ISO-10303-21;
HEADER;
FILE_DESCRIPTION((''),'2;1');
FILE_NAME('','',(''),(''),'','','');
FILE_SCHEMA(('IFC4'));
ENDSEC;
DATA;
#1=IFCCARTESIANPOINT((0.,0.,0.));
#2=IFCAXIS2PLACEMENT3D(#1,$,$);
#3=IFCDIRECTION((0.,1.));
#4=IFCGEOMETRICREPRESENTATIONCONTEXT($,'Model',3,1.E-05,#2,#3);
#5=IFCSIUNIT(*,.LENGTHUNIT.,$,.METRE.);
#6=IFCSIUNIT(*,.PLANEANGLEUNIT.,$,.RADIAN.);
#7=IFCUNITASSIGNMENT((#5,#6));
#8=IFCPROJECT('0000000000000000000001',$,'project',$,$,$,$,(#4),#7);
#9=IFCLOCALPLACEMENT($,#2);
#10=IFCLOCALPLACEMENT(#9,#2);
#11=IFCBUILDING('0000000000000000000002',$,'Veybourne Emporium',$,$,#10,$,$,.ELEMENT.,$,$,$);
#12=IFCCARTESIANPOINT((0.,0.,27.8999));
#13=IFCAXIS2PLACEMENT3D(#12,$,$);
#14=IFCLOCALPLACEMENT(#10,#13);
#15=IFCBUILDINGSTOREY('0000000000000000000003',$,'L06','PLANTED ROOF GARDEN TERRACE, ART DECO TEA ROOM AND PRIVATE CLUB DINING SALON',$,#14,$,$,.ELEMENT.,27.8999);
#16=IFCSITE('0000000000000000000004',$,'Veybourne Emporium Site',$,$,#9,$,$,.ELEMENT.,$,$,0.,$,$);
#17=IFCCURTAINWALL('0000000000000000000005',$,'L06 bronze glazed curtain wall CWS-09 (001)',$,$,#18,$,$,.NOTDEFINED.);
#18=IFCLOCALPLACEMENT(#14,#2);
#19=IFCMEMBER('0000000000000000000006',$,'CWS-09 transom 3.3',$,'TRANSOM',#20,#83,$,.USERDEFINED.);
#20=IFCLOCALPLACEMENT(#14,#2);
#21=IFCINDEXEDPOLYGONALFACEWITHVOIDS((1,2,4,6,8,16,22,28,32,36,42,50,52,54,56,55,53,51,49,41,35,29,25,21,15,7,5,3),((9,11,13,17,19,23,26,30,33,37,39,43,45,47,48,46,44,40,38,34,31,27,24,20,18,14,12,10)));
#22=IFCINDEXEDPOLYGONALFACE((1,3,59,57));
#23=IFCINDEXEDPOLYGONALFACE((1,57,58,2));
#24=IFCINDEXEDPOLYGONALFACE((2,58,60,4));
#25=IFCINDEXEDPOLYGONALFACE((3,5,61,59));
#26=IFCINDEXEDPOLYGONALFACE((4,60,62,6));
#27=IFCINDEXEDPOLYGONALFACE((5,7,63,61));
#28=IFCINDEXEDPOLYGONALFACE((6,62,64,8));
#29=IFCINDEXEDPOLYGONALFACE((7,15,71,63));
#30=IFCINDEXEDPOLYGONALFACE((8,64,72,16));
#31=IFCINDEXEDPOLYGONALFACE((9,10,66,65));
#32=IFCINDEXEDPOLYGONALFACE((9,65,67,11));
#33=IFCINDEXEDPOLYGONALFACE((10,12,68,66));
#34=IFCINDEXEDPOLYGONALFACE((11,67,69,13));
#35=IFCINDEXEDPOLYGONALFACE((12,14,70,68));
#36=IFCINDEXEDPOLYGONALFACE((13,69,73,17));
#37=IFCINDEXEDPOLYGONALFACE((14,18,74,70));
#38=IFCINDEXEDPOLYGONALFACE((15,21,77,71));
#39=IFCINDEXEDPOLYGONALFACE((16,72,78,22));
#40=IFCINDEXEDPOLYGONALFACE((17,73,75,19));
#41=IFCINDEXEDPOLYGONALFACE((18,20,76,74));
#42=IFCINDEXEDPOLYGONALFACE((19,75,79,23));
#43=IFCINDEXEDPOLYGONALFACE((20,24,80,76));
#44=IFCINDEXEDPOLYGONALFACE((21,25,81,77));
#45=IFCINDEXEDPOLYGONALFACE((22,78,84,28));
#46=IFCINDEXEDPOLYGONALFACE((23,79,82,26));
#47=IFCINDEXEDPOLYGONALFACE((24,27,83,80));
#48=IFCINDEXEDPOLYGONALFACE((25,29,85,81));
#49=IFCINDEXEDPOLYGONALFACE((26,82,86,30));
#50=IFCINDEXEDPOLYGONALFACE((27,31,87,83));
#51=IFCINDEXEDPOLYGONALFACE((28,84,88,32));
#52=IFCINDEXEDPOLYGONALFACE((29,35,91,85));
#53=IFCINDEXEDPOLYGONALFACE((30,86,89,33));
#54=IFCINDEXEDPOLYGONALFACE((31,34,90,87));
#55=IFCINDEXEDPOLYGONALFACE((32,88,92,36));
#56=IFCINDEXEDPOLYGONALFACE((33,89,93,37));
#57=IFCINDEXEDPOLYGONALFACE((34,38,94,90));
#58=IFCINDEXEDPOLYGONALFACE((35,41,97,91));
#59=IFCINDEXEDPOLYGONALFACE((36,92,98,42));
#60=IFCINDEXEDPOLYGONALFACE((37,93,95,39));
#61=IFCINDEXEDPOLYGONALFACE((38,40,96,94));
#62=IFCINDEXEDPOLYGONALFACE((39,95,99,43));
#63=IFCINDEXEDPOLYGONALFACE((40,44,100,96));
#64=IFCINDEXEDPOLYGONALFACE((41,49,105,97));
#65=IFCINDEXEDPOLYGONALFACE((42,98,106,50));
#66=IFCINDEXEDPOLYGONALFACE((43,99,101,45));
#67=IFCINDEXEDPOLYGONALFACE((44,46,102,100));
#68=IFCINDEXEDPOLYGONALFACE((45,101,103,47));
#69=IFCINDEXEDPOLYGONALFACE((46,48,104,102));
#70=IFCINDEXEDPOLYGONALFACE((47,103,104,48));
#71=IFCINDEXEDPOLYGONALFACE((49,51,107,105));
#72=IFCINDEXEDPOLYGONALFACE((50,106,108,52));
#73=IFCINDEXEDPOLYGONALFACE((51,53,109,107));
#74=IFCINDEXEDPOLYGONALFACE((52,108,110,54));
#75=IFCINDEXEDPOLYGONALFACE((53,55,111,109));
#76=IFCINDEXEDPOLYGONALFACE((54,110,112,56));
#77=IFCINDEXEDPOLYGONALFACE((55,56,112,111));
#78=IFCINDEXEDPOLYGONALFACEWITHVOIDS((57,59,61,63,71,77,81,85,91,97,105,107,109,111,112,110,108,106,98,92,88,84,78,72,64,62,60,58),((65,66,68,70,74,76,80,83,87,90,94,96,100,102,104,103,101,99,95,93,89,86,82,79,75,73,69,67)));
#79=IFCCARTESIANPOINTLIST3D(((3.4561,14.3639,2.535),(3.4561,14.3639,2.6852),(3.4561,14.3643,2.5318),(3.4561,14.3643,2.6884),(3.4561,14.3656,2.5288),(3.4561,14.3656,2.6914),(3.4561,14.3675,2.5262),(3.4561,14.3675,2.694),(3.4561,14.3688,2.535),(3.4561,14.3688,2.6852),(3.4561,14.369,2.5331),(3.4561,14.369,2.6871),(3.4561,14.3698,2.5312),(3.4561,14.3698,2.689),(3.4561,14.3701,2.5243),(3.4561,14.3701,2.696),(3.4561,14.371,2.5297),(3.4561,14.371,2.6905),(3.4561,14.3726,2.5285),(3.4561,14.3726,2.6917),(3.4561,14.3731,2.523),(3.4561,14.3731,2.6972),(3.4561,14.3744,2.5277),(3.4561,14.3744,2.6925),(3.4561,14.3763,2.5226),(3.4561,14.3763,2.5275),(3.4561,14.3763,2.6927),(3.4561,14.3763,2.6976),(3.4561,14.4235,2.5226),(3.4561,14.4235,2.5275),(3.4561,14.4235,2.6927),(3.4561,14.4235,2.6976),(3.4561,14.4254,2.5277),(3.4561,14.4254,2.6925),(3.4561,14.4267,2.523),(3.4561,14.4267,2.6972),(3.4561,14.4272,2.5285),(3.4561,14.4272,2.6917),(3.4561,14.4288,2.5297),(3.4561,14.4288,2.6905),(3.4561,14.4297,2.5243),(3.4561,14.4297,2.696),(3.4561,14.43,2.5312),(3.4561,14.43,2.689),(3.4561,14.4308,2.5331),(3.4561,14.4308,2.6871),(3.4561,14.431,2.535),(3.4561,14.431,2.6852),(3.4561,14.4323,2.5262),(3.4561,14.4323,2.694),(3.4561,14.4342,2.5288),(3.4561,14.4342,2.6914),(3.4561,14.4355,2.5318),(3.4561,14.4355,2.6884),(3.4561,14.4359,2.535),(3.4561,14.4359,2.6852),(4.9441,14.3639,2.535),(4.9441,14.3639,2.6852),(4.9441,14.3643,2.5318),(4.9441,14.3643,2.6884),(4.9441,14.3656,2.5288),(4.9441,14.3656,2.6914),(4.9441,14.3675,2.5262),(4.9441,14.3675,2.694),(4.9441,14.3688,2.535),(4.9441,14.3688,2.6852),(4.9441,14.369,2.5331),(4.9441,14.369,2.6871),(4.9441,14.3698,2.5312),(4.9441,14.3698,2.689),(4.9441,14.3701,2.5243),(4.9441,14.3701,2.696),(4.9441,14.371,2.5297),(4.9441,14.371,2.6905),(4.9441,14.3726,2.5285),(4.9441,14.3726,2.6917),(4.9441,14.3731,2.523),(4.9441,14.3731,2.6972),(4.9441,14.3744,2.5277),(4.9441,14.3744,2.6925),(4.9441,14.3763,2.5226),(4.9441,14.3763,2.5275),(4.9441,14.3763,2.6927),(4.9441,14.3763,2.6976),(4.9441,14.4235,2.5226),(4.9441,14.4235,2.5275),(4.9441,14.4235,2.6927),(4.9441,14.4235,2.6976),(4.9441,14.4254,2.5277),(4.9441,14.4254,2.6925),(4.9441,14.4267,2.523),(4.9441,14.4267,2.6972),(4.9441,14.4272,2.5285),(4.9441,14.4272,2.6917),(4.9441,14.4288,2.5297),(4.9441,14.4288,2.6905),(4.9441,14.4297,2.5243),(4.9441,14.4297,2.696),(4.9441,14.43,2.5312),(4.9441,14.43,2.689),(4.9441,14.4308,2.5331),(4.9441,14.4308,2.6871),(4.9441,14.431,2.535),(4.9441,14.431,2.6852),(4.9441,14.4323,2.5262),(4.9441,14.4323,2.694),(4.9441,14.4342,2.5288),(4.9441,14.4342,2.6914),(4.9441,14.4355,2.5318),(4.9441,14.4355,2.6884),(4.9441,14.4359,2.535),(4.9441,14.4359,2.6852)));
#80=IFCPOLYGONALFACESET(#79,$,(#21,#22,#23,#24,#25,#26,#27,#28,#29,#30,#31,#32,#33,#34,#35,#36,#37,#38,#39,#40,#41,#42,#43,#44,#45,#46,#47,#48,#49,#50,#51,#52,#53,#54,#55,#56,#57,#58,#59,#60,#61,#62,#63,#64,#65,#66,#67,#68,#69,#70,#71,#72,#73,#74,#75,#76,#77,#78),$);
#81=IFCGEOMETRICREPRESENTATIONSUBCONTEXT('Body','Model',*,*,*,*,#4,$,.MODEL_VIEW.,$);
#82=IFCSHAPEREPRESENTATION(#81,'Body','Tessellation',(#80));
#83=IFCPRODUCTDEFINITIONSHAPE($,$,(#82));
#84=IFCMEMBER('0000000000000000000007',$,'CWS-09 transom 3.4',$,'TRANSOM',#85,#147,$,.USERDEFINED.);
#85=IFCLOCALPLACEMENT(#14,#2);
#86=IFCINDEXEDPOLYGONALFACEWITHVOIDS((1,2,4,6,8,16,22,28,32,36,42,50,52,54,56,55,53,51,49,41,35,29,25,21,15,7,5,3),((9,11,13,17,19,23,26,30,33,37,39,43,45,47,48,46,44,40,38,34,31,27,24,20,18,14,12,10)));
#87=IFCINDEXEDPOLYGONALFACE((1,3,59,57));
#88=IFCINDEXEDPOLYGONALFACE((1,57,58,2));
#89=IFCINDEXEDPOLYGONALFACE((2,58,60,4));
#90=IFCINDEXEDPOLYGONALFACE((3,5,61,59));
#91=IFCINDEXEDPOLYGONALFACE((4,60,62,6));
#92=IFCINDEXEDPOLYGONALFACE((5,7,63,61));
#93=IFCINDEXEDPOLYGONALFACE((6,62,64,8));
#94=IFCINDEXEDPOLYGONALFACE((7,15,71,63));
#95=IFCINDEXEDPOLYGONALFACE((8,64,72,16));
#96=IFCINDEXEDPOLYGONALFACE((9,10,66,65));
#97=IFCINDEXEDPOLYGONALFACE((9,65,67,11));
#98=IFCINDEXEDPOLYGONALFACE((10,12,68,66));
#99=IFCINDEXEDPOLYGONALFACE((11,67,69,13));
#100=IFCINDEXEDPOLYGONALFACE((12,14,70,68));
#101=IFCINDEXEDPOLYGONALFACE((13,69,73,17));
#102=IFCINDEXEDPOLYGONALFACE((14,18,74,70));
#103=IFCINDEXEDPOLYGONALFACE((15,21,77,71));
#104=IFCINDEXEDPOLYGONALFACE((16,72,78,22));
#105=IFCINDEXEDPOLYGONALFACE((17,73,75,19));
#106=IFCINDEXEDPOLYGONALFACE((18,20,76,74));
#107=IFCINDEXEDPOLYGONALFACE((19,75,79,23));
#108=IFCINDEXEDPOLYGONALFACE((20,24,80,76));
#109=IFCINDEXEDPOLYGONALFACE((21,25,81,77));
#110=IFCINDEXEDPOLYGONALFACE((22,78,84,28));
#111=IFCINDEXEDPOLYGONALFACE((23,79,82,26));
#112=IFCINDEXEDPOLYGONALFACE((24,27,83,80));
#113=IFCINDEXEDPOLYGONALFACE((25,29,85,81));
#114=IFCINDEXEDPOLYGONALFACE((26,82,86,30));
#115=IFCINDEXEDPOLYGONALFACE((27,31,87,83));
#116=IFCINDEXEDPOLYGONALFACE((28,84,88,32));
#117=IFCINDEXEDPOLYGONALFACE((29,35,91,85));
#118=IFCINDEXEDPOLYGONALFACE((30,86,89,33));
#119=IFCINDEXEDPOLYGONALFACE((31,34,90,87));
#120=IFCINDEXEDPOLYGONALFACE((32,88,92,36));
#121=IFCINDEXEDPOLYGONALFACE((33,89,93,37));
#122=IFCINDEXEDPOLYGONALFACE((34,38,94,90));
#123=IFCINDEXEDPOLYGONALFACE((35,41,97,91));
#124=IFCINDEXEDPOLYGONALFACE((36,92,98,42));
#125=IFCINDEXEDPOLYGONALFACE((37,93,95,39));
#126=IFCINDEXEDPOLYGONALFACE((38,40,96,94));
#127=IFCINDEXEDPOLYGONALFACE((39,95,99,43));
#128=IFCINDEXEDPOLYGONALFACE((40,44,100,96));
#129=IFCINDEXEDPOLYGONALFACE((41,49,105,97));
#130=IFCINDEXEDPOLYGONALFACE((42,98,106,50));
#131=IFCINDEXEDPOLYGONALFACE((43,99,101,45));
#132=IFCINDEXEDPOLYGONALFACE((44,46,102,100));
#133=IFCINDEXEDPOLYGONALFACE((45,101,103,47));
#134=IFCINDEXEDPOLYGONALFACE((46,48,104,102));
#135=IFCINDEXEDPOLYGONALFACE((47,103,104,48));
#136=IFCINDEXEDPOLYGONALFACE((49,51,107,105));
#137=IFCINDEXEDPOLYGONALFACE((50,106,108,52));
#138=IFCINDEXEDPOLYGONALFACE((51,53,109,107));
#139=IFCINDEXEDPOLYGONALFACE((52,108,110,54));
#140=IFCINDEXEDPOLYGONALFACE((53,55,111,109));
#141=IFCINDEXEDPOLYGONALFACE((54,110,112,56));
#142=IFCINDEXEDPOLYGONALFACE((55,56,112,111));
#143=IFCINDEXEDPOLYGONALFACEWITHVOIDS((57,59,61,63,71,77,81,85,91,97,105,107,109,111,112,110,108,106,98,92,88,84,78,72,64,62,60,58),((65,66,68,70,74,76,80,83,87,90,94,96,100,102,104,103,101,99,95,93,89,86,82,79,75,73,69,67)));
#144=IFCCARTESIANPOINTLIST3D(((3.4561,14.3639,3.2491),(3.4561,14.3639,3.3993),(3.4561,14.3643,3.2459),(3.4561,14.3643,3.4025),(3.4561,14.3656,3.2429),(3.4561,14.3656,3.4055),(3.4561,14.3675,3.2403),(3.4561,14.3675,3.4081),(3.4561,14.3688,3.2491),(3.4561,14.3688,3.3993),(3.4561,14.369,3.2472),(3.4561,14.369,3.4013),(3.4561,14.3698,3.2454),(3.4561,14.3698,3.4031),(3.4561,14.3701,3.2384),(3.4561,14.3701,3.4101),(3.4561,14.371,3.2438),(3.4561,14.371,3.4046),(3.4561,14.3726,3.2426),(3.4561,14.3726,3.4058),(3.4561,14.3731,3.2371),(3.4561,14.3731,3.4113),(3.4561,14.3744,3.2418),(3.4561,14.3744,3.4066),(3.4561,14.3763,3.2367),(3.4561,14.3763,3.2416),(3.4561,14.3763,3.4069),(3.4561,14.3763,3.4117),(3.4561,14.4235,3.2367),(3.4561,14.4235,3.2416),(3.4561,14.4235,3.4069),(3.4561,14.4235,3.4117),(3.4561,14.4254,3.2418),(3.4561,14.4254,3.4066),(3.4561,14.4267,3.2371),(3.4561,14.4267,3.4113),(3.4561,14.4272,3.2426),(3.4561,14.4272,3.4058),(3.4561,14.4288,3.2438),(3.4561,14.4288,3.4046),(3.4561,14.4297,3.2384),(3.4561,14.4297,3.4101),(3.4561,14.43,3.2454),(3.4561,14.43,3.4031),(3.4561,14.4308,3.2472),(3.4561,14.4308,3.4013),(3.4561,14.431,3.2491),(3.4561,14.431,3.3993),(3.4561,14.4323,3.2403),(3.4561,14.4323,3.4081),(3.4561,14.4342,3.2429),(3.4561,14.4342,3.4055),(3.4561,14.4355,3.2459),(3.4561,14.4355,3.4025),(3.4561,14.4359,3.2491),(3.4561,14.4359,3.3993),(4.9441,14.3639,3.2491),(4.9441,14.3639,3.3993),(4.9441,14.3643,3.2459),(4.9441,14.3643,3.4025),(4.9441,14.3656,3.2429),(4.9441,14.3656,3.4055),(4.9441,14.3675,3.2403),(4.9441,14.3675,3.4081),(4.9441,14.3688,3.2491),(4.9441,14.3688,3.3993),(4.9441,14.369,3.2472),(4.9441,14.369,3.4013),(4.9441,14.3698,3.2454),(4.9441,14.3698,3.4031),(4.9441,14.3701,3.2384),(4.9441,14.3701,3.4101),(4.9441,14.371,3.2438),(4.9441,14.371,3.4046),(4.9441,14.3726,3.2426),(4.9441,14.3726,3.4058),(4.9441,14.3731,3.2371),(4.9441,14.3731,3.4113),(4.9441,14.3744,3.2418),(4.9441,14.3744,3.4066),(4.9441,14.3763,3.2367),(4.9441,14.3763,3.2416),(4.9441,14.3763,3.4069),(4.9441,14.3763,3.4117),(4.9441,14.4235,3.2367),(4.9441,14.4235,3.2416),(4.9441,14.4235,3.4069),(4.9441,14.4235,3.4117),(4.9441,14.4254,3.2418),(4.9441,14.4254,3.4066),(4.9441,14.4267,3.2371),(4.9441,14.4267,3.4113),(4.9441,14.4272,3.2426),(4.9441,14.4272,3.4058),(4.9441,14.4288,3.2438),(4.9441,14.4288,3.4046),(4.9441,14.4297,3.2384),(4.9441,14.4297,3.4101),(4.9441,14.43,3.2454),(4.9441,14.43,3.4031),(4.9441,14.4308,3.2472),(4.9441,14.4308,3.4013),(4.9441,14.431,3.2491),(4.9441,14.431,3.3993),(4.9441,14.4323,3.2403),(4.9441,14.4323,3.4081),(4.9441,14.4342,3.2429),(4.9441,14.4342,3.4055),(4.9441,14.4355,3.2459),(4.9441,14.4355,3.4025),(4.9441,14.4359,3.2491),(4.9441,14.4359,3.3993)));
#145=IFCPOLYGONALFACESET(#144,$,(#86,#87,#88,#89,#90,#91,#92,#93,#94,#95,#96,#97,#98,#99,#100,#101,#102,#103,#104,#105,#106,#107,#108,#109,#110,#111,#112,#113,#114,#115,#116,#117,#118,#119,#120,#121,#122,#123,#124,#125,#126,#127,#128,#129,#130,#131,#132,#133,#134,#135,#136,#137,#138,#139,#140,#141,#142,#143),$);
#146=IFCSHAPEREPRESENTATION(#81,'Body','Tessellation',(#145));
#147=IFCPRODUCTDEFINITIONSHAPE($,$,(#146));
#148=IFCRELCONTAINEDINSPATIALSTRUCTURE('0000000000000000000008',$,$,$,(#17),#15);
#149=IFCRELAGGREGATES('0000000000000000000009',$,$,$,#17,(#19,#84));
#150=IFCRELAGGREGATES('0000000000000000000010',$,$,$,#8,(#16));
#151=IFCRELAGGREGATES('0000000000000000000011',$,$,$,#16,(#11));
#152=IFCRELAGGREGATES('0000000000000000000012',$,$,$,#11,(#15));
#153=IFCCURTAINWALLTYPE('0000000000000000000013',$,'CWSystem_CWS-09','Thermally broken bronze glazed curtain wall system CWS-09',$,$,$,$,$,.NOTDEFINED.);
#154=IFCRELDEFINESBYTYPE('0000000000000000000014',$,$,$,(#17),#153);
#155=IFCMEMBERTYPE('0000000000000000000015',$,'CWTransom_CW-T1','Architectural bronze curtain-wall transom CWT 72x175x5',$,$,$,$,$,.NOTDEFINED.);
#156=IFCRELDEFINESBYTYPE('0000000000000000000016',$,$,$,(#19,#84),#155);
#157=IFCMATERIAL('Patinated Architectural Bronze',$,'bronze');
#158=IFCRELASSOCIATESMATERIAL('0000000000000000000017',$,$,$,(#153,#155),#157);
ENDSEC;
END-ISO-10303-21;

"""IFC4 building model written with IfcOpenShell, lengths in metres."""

from ifc_helpers import new_model, si_unit, direction, frame, origin, origin_2d, place, context, subcontext, project, spatial, hollow_rectangle, extrude, material, material_profile, profile_set, type_object, element, aggregate, save


model = new_model("IFC4")

# Units and contexts
model_context = context("Model", 3, precision=1e-05, world=origin(), true_north=direction((0.0, 1.0)))
body_context = subcontext(model_context, "Body", "Model", "MODEL_VIEW")
ifc_project = project(units=[si_unit("LENGTHUNIT", "METRE"), si_unit("PLANEANGLEUNIT", "RADIAN")], contexts=[model_context])

# Site, building, storey
site_placement = place(None, origin())
site = spatial("IfcSite", under=ifc_project, at=site_placement, Name="Veybourne Emporium Site", CompositionType="ELEMENT", RefElevation=0.0)
building_placement = place(site_placement, origin())
building = spatial("IfcBuilding", under=site, at=building_placement, Name="Veybourne Emporium", CompositionType="ELEMENT")
storey_placement = place(building_placement, frame((0.0, 0.0, 27.8999)))
storey = spatial("IfcBuildingStorey", under=building, at=storey_placement, Name="L06", Description="PLANTED ROOF GARDEN TERRACE, ART DECO TEA ROOM AND PRIVATE CLUB DINING SALON", CompositionType="ELEMENT", Elevation=27.8999)

# Curtain wall, members
ifc_material_1 = material(Name="Patinated Architectural Bronze", Category="bronze")
curtain_wall_type = type_object("IfcCurtainWallType", Name="CWSystem_CWS-09", Description="Thermally broken bronze glazed curtain wall system CWS-09", PredefinedType="NOTDEFINED", material=ifc_material_1)
curtain_wall_placement = place(storey_placement, origin())
curtain_wall = element("IfcCurtainWall", 1, at=curtain_wall_placement, inside=storey, type_object=curtain_wall_type, Name="L06 bronze glazed curtain wall CWS-09 (001)", PredefinedType="NOTDEFINED")
ifc_material_profile_1 = material_profile(ifc_material_1, hollow_rectangle(XDim=0.072, YDim=0.175, WallThickness=0.0049, InnerFilletRadius=0.0076, OuterFilletRadius=0.0125, at=origin_2d()), Name="CWT 72x175x5")
ifc_profile_set_1 = profile_set([ifc_material_profile_1], Name="Patinated Architectural Bronze")
member_type_1 = type_object("IfcMemberType", Name="CWTransom_CW-T1", Description="Architectural bronze curtain-wall transom CWT 72x175x5", PredefinedType="NOTDEFINED", material=ifc_profile_set_1)
member_1_placement = place(storey_placement, frame((4.9441, 14.3999, 2.6101), z_axis=(-1.0, 0.0, 0.0), x_axis=(0.0, -1.0, 0.0)))
member_1 = element("IfcMember", 2, at=member_1_placement, type_object=member_type_1, Name="CWS-09 transom 3.3", ObjectType="TRANSOM", PredefinedType="USERDEFINED", context=body_context, shape_type="SweptSolid", body=[
    extrude(hollow_rectangle(XDim=0.072, YDim=0.175, WallThickness=0.0049, InnerFilletRadius=0.0076, OuterFilletRadius=0.0125, at=origin_2d()), origin(), (0.0, 0.0, 1.0), 1.488),
])
member_2_placement = place(storey_placement, frame((4.9441, 14.3999, 3.3242), z_axis=(-1.0, 0.0, 0.0), x_axis=(0.0, -1.0, 0.0)))
member_2 = element("IfcMember", 3, at=member_2_placement, type_object=member_type_1, Name="CWS-09 transom 3.4", ObjectType="TRANSOM", PredefinedType="USERDEFINED", context=body_context, shape_type="SweptSolid", body=[
    extrude(hollow_rectangle(XDim=0.072, YDim=0.175, WallThickness=0.0049, InnerFilletRadius=0.0076, OuterFilletRadius=0.0125, at=origin_2d()), origin(), (0.0, 0.0, 1.0), 1.488),
])

aggregate(curtain_wall, [member_1, member_2])

save(model, "model.ifc")
